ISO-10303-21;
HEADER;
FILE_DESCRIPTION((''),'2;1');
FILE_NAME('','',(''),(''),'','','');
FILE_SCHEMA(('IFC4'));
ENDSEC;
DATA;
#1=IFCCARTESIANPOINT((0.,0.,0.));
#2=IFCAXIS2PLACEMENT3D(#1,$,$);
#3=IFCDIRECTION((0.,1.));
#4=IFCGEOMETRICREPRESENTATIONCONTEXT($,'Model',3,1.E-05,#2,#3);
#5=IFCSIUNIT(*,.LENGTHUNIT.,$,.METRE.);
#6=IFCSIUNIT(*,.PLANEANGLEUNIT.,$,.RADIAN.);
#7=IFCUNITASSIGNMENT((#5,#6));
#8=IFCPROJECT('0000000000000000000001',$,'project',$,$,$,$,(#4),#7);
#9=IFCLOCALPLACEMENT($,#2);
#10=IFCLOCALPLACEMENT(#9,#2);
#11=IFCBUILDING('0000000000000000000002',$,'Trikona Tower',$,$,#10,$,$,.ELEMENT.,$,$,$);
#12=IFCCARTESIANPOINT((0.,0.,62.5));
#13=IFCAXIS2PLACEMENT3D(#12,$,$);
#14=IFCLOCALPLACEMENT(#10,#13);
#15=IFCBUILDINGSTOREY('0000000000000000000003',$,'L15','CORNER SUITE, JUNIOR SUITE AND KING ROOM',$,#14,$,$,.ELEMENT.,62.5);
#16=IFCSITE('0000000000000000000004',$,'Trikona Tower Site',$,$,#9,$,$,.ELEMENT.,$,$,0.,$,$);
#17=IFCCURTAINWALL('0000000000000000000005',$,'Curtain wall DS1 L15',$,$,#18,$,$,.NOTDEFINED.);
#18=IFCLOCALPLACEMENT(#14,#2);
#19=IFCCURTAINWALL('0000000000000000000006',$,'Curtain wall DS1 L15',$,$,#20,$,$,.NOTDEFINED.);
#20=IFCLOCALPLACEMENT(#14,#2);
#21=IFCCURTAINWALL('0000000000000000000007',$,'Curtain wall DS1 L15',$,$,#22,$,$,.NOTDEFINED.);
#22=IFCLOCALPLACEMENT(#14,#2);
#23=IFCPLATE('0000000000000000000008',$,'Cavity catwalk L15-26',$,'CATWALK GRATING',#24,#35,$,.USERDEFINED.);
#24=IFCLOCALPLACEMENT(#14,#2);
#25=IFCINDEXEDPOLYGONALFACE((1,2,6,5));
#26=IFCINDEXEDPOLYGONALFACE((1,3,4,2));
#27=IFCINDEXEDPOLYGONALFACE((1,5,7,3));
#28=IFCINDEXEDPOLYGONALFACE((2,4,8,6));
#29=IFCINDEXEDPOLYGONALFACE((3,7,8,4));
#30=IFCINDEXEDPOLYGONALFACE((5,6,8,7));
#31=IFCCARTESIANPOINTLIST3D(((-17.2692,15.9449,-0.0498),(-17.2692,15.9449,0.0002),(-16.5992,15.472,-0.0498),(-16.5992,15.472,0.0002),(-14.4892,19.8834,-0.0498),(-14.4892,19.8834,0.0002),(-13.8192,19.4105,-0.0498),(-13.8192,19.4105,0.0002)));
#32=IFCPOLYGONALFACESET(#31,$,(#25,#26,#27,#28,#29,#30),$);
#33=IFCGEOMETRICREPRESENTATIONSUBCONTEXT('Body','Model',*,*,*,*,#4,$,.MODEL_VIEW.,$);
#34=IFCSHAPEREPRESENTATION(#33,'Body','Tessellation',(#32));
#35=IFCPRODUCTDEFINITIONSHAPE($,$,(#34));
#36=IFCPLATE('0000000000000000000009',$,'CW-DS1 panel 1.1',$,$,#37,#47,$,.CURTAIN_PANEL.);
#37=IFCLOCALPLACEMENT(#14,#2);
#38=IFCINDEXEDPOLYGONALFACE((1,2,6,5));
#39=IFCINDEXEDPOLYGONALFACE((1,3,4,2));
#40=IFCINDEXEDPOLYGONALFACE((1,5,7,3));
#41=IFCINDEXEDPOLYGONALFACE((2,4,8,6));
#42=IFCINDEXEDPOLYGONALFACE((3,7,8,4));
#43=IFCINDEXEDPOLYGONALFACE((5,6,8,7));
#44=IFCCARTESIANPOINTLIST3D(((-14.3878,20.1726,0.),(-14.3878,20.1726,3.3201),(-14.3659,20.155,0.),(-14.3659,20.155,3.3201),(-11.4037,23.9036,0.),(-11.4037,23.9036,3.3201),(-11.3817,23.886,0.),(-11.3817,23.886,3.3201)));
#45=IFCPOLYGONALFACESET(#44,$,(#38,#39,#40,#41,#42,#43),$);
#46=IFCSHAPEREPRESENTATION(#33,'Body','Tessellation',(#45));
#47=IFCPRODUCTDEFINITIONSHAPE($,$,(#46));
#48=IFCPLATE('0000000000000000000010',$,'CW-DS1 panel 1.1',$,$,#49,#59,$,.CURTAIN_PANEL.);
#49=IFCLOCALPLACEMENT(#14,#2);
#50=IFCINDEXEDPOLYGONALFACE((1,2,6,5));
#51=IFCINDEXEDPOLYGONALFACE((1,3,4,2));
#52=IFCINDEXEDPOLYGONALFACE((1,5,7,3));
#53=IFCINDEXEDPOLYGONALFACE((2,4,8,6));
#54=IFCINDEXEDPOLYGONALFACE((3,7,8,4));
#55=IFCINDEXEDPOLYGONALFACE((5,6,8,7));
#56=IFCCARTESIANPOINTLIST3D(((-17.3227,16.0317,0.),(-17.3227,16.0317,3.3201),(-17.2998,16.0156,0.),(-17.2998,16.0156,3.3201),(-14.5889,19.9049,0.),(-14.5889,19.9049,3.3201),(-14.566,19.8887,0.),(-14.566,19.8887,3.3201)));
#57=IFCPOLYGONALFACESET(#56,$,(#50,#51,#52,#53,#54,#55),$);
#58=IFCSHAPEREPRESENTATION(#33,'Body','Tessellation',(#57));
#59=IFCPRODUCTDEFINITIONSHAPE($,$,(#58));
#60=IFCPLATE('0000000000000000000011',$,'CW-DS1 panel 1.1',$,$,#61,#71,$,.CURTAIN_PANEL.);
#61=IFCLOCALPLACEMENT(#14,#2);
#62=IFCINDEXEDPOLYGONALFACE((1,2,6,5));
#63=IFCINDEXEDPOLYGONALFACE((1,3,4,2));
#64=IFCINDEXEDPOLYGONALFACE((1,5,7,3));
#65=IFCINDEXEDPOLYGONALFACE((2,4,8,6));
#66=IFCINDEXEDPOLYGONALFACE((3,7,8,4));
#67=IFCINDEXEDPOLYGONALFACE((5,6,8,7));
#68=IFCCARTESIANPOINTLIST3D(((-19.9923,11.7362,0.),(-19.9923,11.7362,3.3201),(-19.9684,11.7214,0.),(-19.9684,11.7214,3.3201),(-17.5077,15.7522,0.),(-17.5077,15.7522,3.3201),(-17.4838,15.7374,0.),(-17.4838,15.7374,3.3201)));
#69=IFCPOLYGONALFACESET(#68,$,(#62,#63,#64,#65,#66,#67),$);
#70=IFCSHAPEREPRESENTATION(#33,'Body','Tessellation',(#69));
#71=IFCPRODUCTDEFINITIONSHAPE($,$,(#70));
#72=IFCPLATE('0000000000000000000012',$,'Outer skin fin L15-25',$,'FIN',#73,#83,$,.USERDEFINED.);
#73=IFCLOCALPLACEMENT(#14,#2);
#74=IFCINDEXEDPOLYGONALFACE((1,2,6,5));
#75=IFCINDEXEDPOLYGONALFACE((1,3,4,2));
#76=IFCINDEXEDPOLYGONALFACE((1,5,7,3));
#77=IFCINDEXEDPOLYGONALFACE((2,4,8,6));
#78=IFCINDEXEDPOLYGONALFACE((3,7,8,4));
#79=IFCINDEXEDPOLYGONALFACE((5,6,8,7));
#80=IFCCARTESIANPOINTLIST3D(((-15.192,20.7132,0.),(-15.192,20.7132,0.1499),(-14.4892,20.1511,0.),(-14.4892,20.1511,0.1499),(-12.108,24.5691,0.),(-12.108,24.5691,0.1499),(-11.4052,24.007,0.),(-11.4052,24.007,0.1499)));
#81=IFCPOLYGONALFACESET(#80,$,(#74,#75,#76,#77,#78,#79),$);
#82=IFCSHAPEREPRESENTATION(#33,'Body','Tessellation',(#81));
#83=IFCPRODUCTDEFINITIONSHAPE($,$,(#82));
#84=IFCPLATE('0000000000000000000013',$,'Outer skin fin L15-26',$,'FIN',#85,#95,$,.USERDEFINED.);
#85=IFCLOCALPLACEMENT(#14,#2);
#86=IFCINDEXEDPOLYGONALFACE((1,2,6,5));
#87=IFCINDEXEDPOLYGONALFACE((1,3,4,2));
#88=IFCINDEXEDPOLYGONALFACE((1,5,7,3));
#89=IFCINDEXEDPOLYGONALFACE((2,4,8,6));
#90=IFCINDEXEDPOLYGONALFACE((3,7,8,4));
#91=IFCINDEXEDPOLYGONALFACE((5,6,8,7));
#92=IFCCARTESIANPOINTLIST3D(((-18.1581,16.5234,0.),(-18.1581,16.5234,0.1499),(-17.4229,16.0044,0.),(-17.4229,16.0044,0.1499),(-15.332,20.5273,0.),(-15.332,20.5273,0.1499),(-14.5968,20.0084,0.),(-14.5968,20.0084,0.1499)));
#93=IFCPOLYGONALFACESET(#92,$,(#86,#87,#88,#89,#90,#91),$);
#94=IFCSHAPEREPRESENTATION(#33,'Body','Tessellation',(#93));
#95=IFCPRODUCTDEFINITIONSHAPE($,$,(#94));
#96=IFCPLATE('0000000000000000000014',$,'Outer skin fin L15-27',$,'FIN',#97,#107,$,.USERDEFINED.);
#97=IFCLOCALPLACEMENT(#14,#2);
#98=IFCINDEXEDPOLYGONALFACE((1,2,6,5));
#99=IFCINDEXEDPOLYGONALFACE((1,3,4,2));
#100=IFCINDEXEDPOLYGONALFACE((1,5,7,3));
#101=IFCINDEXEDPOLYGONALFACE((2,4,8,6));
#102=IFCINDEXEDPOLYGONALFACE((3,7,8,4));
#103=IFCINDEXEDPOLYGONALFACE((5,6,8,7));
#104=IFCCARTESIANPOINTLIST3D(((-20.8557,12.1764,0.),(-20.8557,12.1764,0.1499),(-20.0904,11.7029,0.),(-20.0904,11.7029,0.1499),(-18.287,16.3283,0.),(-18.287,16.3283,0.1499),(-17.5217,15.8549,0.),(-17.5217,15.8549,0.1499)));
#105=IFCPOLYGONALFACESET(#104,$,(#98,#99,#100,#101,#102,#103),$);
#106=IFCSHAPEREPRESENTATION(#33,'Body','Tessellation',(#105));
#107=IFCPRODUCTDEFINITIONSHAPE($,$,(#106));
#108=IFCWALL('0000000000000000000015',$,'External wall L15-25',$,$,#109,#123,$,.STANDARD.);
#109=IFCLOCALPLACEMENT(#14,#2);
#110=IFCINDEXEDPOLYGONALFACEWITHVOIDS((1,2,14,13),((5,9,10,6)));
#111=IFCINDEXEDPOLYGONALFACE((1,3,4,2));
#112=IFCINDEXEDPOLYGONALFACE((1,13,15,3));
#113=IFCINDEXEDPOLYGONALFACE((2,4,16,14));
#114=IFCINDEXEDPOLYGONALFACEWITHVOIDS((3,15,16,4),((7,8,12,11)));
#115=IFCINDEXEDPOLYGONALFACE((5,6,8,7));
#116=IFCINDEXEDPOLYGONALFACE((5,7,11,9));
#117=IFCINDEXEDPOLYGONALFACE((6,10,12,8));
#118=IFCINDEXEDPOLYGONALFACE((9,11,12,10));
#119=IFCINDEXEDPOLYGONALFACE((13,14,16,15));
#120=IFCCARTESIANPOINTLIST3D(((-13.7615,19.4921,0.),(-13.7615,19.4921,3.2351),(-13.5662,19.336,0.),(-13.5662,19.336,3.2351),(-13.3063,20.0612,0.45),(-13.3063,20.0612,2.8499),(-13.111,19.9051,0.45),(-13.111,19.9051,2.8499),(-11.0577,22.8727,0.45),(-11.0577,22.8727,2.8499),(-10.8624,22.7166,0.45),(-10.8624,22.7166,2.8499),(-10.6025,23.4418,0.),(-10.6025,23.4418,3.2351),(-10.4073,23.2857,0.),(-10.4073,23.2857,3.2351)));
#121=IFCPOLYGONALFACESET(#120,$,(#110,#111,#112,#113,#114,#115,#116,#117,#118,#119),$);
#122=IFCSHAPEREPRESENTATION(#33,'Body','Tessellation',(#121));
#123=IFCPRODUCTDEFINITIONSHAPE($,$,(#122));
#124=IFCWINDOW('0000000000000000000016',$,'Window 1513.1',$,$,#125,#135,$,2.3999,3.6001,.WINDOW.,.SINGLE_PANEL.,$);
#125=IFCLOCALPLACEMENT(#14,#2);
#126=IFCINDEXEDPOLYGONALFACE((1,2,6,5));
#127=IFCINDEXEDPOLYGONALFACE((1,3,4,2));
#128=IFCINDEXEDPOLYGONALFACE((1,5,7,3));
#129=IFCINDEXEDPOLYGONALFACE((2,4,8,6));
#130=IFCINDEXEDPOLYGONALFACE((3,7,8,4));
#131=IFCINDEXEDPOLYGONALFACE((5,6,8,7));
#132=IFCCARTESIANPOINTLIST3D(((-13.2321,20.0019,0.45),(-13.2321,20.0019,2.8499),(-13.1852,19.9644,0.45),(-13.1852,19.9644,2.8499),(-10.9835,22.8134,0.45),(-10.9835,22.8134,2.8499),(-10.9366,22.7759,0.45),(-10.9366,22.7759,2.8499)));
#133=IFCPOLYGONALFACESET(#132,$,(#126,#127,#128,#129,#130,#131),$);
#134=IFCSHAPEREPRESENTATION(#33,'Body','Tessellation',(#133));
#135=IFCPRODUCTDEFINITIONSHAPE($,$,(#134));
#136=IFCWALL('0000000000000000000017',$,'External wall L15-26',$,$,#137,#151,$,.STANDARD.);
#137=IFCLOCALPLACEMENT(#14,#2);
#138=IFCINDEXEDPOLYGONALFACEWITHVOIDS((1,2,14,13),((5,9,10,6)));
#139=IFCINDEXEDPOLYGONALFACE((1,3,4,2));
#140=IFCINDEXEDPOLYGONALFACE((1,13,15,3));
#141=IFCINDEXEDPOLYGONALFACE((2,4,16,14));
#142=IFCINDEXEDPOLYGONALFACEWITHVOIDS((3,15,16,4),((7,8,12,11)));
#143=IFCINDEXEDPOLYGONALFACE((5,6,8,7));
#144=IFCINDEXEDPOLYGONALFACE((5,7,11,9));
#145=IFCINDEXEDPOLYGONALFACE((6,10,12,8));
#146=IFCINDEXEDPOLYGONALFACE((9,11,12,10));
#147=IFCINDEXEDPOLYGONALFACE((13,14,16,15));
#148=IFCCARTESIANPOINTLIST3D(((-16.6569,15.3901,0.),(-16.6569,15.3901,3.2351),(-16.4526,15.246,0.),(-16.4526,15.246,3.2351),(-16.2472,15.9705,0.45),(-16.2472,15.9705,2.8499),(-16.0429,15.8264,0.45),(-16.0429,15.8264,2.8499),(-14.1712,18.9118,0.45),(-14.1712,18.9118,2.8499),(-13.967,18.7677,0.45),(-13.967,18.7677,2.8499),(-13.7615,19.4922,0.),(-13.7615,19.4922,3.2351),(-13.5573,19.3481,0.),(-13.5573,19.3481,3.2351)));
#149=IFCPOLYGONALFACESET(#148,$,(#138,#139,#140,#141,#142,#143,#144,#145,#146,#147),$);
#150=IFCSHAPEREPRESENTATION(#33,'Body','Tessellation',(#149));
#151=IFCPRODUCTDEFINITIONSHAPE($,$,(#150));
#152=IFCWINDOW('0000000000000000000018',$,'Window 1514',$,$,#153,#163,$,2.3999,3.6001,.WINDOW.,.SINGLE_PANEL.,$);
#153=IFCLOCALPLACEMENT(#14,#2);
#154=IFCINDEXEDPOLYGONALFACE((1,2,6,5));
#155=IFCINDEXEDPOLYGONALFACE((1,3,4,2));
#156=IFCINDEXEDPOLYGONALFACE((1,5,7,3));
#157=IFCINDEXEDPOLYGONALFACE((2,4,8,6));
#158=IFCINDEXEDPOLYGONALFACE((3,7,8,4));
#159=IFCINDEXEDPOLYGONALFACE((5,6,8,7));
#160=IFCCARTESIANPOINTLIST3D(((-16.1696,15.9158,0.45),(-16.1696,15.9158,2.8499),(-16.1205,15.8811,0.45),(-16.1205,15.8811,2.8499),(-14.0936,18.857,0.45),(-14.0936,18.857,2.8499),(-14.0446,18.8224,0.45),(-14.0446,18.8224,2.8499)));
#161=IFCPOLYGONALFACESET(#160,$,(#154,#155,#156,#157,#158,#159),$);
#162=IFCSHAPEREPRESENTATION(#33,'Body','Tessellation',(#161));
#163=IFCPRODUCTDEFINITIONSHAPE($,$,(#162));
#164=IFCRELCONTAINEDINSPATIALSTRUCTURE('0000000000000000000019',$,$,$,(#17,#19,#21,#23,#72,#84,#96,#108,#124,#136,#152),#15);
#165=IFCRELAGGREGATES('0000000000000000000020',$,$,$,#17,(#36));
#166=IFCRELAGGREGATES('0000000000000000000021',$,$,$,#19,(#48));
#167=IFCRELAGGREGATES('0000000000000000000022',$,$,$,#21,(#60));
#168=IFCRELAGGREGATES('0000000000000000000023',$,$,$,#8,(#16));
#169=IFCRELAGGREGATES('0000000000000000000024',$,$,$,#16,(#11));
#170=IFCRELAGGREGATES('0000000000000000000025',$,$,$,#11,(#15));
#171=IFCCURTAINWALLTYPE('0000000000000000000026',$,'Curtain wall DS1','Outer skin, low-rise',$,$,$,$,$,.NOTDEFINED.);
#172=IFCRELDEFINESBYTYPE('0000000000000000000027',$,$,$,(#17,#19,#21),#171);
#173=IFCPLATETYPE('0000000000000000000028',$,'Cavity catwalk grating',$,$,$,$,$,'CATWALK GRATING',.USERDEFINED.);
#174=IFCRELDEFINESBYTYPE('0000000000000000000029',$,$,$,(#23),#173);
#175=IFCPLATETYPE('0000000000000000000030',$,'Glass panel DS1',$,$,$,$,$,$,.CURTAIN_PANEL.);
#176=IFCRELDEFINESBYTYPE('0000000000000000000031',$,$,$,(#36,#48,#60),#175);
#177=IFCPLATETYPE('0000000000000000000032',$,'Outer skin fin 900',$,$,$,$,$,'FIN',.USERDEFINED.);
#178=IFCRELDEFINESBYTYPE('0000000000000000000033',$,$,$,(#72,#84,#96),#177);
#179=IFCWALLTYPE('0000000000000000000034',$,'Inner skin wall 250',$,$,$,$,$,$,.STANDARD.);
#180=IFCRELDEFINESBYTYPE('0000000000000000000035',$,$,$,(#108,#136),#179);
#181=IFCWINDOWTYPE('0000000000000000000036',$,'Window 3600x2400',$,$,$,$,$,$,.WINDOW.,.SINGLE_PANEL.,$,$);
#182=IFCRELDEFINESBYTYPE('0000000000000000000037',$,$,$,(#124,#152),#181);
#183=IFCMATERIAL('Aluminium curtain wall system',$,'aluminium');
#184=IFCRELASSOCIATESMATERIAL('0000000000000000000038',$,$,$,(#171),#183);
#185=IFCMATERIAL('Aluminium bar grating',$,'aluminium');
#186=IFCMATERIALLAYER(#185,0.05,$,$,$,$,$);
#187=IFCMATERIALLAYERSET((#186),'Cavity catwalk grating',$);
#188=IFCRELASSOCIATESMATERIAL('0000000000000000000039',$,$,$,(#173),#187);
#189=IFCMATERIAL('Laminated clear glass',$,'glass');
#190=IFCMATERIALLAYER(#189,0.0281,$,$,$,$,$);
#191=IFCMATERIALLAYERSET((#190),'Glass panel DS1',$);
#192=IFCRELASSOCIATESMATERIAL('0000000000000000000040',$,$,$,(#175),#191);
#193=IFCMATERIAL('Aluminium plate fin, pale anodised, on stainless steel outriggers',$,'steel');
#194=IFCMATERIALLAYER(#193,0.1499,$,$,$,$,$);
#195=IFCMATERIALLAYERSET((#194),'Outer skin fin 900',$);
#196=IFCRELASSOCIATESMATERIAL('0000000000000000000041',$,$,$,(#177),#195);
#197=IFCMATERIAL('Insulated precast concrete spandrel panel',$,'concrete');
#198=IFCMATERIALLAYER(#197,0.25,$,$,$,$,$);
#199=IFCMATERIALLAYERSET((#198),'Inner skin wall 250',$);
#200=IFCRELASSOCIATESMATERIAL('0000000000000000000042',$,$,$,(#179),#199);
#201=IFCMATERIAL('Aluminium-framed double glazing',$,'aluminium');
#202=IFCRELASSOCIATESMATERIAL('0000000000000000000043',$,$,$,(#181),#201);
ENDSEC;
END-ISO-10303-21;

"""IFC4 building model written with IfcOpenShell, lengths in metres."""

from ifc_helpers import new_model, si_unit, direction, frame, frame_2d, origin, origin_2d, place, context, subcontext, project, spatial, rectangle, extrude, material, layer, layer_set, type_object, element, fill, aggregate, save


model = new_model("IFC4")

# Units and contexts
model_context = context("Model", 3, precision=1e-05, world=origin(), true_north=direction((0.0, 1.0)))
body_context = subcontext(model_context, "Body", "Model", "MODEL_VIEW")
ifc_project = project(units=[si_unit("LENGTHUNIT", "METRE"), si_unit("PLANEANGLEUNIT", "RADIAN")], contexts=[model_context])

# Site, building, storey
site_placement = place(None, origin())
site = spatial("IfcSite", under=ifc_project, at=site_placement, Name="Trikona Tower Site", CompositionType="ELEMENT", RefElevation=0.0)
building_placement = place(site_placement, origin())
building = spatial("IfcBuilding", under=site, at=building_placement, Name="Trikona Tower", CompositionType="ELEMENT")
storey_placement = place(building_placement, frame((0.0, 0.0, 62.5)))
storey = spatial("IfcBuildingStorey", under=building, at=storey_placement, Name="L15", Description="CORNER SUITE, JUNIOR SUITE AND KING ROOM", CompositionType="ELEMENT", Elevation=62.5)

# Shared definitions
ifc_material_1 = material(Name="Aluminium curtain wall system", Category="aluminium")
curtain_wall_type = type_object("IfcCurtainWallType", Name="Curtain wall DS1", Description="Outer skin, low-rise", PredefinedType="NOTDEFINED", material=ifc_material_1)

# Curtain walls
curtain_wall_1_placement = place(storey_placement, origin())
curtain_wall_1 = element("IfcCurtainWall", 1, at=curtain_wall_1_placement, inside=storey, type_object=curtain_wall_type, Name="Curtain wall DS1 L15", PredefinedType="NOTDEFINED")
curtain_wall_2_placement = place(storey_placement, origin())
curtain_wall_2 = element("IfcCurtainWall", 2, at=curtain_wall_2_placement, inside=storey, type_object=curtain_wall_type, Name="Curtain wall DS1 L15", PredefinedType="NOTDEFINED")

# Curtain wall
curtain_wall_3_placement = place(storey_placement, origin())
curtain_wall_3 = element("IfcCurtainWall", 3, at=curtain_wall_3_placement, inside=storey, type_object=curtain_wall_type, Name="Curtain wall DS1 L15", PredefinedType="NOTDEFINED")

# Plate
ifc_material_2 = material(Name="Aluminium bar grating", Category="aluminium")
ifc_layer_1 = layer(ifc_material_2, 0.05)
ifc_layer_set_1 = layer_set([ifc_layer_1], Name="Cavity catwalk grating")
plate_type_1 = type_object("IfcPlateType", Name="Cavity catwalk grating", ElementType="CATWALK GRATING", PredefinedType="USERDEFINED", material=ifc_layer_set_1)
plate_1_placement = place(storey_placement, frame((-15.5442, 17.6777, -0.0498), z_axis=(0.0, 0.0, 1.0), x_axis=(-0.576662, -0.816983, 0.0)))
element("IfcPlate", 4, at=plate_1_placement, inside=storey, type_object=plate_type_1, Name="Cavity catwalk L15-26", ObjectType="CATWALK GRATING", PredefinedType="USERDEFINED", context=body_context, shape_type="SweptSolid", body=[
    extrude(rectangle(XDim=4.8208, YDim=0.8201, at=origin_2d()), origin(), (0.0, 0.0, 1.0), 0.05),
])

# Plates
ifc_material_3 = material(Name="Laminated clear glass", Category="glass")
ifc_layer_2 = layer(ifc_material_3, 0.0281)
ifc_layer_set_2 = layer_set([ifc_layer_2], Name="Glass panel DS1")
plate_type_2 = type_object("IfcPlateType", Name="Glass panel DS1", PredefinedType="CURTAIN_PANEL", material=ifc_layer_set_2)
plate_2_placement = place(storey_placement, frame((-12.8848, 22.0293, 0.0), z_axis=(0.0, 0.0, 1.0), x_axis=(-0.624609, -0.780938, 0.0)))
plate_2 = element("IfcPlate", 5, at=plate_2_placement, type_object=plate_type_2, Name="CW-DS1 panel 1.1", PredefinedType="CURTAIN_PANEL", context=body_context, shape_type="SweptSolid", body=[
    extrude(rectangle(XDim=4.7776, YDim=0.0281, at=origin_2d()), origin(), (0.0, 0.0, 1.0), 3.3201),
])
aggregate(curtain_wall_1, [plate_2])
plate_3_placement = place(storey_placement, frame((-15.9443, 17.9602, 0.0), z_axis=(0.0, 0.0, 1.0), x_axis=(-0.576658, -0.816985, 0.0)))
plate_3 = element("IfcPlate", 6, at=plate_3_placement, type_object=plate_type_2, Name="CW-DS1 panel 1.1", PredefinedType="CURTAIN_PANEL", context=body_context, shape_type="SweptSolid", body=[
    extrude(rectangle(XDim=4.7407, YDim=0.0281, at=origin_2d()), origin(), (0.0, 0.0, 1.0), 3.3201),
])
aggregate(curtain_wall_2, [plate_3])
plate_4_placement = place(storey_placement, frame((-18.738, 13.7368, 0.0), z_axis=(0.0, 0.0, 1.0), x_axis=(-0.52612, -0.85041, 0.0)))
plate_4 = element("IfcPlate", 7, at=plate_4_placement, type_object=plate_type_2, Name="CW-DS1 panel 1.1", PredefinedType="CURTAIN_PANEL", context=body_context, shape_type="SweptSolid", body=[
    extrude(rectangle(XDim=4.7224, YDim=0.0281, at=origin_2d()), origin(), (0.0, 0.0, 1.0), 3.3201),
])
aggregate(curtain_wall_3, [plate_4])

# Plates
ifc_material_4 = material(Name="Aluminium plate fin, pale anodised, on stainless steel outriggers", Category="steel")
ifc_layer_3 = layer(ifc_material_4, 0.1499)
ifc_layer_set_3 = layer_set([ifc_layer_3], Name="Outer skin fin 900")
plate_type_3 = type_object("IfcPlateType", Name="Outer skin fin 900", ElementType="FIN", PredefinedType="USERDEFINED", material=ifc_layer_set_3)
plate_5_placement = place(storey_placement, frame((-13.2986, 22.3601, 0.0), z_axis=(0.0, 0.0, 1.0), x_axis=(-0.624604, -0.780942, 0.0)))
element("IfcPlate", 8, at=plate_5_placement, inside=storey, type_object=plate_type_3, Name="Outer skin fin L15-25", ObjectType="FIN", PredefinedType="USERDEFINED", context=body_context, shape_type="SweptSolid", body=[
    extrude(rectangle(XDim=4.9375, YDim=0.8999, at=origin_2d()), origin(), (0.0, 0.0, 1.0), 0.1499),
])
plate_6_placement = place(storey_placement, frame((-16.3774, 18.2659, 0.0), z_axis=(0.0, 0.0, 1.0), x_axis=(-0.576662, -0.816983, 0.0)))
element("IfcPlate", 9, at=plate_6_placement, inside=storey, type_object=plate_type_3, Name="Outer skin fin L15-26", ObjectType="FIN", PredefinedType="USERDEFINED", context=body_context, shape_type="SweptSolid", body=[
    extrude(rectangle(XDim=4.9009, YDim=0.8999, at=origin_2d()), origin(), (0.0, 0.0, 1.0), 0.1499),
])
plate_7_placement = place(storey_placement, frame((-19.1887, 14.0156, 0.0), z_axis=(0.0, 0.0, 1.0), x_axis=(-0.526119, -0.850411, 0.0)))
element("IfcPlate", 10, at=plate_7_placement, inside=storey, type_object=plate_type_3, Name="Outer skin fin L15-27", ObjectType="FIN", PredefinedType="USERDEFINED", context=body_context, shape_type="SweptSolid", body=[
    extrude(rectangle(XDim=4.8823, YDim=0.8999, at=origin_2d()), origin(), (0.0, 0.0, 1.0), 0.1499),
])

# Walls, openings, windows
ifc_material_5 = material(Name="Insulated precast concrete spandrel panel", Category="concrete")
ifc_layer_4 = layer(ifc_material_5, 0.25)
ifc_layer_set_4 = layer_set([ifc_layer_4], Name="Inner skin wall 250")
wall_type = type_object("IfcWallType", Name="Inner skin wall 250", PredefinedType="STANDARD", material=ifc_layer_set_4)
wall_1_placement = place(storey_placement, frame((-10.5049, 23.3638, 0.0), z_axis=(0.0, 0.0, 1.0), x_axis=(-0.624595, -0.780949, 0.0)))
wall_1 = element("IfcWall", 11, at=wall_1_placement, inside=storey, type_object=wall_type, Name="External wall L15-25", PredefinedType="STANDARD", context=body_context, shape_type="SweptSolid", body=[
    extrude(rectangle(XDim=5.0576, YDim=0.25, at=frame_2d((2.5288, 0.0))), origin(), (0.0, 0.0, 1.0), 3.2351),
])
opening_1_placement = place(wall_1_placement, frame((0.7288, 0.0, 0.45)))
opening_1 = element("IfcOpeningElement", 12, at=opening_1_placement, cuts=wall_1, PredefinedType="OPENING", context=body_context, shape_type="SweptSolid", body=[
    extrude(rectangle(XDim=3.6001, YDim=2.3999, at=frame_2d((1.8, 1.2))), frame((0.0, 0.135, 0.0), z_axis=(0.0, -1.0, 0.0), x_axis=(1.0, 0.0, 0.0)), (0.0, 0.0, 1.0), 0.27),
])
ifc_material_6 = material(Name="Aluminium-framed double glazing", Category="aluminium")
window_type = type_object("IfcWindowType", Name="Window 3600x2400", PartitioningType="SINGLE_PANEL", PredefinedType="WINDOW", material=ifc_material_6)
window_1_placement = place(opening_1_placement, origin())
window_1 = element("IfcWindow", 13, at=window_1_placement, inside=storey, type_object=window_type, Name="Window 1513.1", OverallHeight=2.3999, OverallWidth=3.6001, PartitioningType="SINGLE_PANEL", PredefinedType="WINDOW", context=body_context, shape_type="SweptSolid", body=[
    extrude(rectangle(XDim=3.6001, YDim=2.3999, at=frame_2d((1.8, 1.2))), frame((0.0, 0.03, 0.0), z_axis=(0.0, -1.0, 0.0), x_axis=(1.0, 0.0, 0.0)), (0.0, 0.0, 1.0), 0.0601),
])
fill(opening_1, window_1)
wall_2_placement = place(storey_placement, frame((-13.6594, 19.4202, 0.0), z_axis=(0.0, 0.0, 1.0), x_axis=(-0.576643, -0.816996, 0.0)))
wall_2 = element("IfcWall", 14, at=wall_2_placement, inside=storey, type_object=wall_type, Name="External wall L15-26", PredefinedType="STANDARD", context=body_context, shape_type="SweptSolid", body=[
    extrude(rectangle(XDim=5.021, YDim=0.25, at=frame_2d((2.5105, 0.0))), origin(), (0.0, 0.0, 1.0), 3.2351),
])
opening_2_placement = place(wall_2_placement, frame((0.7104, 0.0, 0.45)))
opening_2 = element("IfcOpeningElement", 15, at=opening_2_placement, cuts=wall_2, PredefinedType="OPENING", context=body_context, shape_type="SweptSolid", body=[
    extrude(rectangle(XDim=3.6001, YDim=2.3999, at=frame_2d((1.8, 1.2))), frame((0.0, 0.135, 0.0), z_axis=(0.0, -1.0, 0.0), x_axis=(1.0, 0.0, 0.0)), (0.0, 0.0, 1.0), 0.27),
])
window_2_placement = place(opening_2_placement, origin())
window_2 = element("IfcWindow", 16, at=window_2_placement, inside=storey, type_object=window_type, Name="Window 1514", OverallHeight=2.3999, OverallWidth=3.6001, PartitioningType="SINGLE_PANEL", PredefinedType="WINDOW", context=body_context, shape_type="SweptSolid", body=[
    extrude(rectangle(XDim=3.6001, YDim=2.3999, at=frame_2d((1.8, 1.2))), frame((0.0, 0.03, 0.0), z_axis=(0.0, -1.0, 0.0), x_axis=(1.0, 0.0, 0.0)), (0.0, 0.0, 1.0), 0.0601),
])
fill(opening_2, window_2)

save(model, "model.ifc")
